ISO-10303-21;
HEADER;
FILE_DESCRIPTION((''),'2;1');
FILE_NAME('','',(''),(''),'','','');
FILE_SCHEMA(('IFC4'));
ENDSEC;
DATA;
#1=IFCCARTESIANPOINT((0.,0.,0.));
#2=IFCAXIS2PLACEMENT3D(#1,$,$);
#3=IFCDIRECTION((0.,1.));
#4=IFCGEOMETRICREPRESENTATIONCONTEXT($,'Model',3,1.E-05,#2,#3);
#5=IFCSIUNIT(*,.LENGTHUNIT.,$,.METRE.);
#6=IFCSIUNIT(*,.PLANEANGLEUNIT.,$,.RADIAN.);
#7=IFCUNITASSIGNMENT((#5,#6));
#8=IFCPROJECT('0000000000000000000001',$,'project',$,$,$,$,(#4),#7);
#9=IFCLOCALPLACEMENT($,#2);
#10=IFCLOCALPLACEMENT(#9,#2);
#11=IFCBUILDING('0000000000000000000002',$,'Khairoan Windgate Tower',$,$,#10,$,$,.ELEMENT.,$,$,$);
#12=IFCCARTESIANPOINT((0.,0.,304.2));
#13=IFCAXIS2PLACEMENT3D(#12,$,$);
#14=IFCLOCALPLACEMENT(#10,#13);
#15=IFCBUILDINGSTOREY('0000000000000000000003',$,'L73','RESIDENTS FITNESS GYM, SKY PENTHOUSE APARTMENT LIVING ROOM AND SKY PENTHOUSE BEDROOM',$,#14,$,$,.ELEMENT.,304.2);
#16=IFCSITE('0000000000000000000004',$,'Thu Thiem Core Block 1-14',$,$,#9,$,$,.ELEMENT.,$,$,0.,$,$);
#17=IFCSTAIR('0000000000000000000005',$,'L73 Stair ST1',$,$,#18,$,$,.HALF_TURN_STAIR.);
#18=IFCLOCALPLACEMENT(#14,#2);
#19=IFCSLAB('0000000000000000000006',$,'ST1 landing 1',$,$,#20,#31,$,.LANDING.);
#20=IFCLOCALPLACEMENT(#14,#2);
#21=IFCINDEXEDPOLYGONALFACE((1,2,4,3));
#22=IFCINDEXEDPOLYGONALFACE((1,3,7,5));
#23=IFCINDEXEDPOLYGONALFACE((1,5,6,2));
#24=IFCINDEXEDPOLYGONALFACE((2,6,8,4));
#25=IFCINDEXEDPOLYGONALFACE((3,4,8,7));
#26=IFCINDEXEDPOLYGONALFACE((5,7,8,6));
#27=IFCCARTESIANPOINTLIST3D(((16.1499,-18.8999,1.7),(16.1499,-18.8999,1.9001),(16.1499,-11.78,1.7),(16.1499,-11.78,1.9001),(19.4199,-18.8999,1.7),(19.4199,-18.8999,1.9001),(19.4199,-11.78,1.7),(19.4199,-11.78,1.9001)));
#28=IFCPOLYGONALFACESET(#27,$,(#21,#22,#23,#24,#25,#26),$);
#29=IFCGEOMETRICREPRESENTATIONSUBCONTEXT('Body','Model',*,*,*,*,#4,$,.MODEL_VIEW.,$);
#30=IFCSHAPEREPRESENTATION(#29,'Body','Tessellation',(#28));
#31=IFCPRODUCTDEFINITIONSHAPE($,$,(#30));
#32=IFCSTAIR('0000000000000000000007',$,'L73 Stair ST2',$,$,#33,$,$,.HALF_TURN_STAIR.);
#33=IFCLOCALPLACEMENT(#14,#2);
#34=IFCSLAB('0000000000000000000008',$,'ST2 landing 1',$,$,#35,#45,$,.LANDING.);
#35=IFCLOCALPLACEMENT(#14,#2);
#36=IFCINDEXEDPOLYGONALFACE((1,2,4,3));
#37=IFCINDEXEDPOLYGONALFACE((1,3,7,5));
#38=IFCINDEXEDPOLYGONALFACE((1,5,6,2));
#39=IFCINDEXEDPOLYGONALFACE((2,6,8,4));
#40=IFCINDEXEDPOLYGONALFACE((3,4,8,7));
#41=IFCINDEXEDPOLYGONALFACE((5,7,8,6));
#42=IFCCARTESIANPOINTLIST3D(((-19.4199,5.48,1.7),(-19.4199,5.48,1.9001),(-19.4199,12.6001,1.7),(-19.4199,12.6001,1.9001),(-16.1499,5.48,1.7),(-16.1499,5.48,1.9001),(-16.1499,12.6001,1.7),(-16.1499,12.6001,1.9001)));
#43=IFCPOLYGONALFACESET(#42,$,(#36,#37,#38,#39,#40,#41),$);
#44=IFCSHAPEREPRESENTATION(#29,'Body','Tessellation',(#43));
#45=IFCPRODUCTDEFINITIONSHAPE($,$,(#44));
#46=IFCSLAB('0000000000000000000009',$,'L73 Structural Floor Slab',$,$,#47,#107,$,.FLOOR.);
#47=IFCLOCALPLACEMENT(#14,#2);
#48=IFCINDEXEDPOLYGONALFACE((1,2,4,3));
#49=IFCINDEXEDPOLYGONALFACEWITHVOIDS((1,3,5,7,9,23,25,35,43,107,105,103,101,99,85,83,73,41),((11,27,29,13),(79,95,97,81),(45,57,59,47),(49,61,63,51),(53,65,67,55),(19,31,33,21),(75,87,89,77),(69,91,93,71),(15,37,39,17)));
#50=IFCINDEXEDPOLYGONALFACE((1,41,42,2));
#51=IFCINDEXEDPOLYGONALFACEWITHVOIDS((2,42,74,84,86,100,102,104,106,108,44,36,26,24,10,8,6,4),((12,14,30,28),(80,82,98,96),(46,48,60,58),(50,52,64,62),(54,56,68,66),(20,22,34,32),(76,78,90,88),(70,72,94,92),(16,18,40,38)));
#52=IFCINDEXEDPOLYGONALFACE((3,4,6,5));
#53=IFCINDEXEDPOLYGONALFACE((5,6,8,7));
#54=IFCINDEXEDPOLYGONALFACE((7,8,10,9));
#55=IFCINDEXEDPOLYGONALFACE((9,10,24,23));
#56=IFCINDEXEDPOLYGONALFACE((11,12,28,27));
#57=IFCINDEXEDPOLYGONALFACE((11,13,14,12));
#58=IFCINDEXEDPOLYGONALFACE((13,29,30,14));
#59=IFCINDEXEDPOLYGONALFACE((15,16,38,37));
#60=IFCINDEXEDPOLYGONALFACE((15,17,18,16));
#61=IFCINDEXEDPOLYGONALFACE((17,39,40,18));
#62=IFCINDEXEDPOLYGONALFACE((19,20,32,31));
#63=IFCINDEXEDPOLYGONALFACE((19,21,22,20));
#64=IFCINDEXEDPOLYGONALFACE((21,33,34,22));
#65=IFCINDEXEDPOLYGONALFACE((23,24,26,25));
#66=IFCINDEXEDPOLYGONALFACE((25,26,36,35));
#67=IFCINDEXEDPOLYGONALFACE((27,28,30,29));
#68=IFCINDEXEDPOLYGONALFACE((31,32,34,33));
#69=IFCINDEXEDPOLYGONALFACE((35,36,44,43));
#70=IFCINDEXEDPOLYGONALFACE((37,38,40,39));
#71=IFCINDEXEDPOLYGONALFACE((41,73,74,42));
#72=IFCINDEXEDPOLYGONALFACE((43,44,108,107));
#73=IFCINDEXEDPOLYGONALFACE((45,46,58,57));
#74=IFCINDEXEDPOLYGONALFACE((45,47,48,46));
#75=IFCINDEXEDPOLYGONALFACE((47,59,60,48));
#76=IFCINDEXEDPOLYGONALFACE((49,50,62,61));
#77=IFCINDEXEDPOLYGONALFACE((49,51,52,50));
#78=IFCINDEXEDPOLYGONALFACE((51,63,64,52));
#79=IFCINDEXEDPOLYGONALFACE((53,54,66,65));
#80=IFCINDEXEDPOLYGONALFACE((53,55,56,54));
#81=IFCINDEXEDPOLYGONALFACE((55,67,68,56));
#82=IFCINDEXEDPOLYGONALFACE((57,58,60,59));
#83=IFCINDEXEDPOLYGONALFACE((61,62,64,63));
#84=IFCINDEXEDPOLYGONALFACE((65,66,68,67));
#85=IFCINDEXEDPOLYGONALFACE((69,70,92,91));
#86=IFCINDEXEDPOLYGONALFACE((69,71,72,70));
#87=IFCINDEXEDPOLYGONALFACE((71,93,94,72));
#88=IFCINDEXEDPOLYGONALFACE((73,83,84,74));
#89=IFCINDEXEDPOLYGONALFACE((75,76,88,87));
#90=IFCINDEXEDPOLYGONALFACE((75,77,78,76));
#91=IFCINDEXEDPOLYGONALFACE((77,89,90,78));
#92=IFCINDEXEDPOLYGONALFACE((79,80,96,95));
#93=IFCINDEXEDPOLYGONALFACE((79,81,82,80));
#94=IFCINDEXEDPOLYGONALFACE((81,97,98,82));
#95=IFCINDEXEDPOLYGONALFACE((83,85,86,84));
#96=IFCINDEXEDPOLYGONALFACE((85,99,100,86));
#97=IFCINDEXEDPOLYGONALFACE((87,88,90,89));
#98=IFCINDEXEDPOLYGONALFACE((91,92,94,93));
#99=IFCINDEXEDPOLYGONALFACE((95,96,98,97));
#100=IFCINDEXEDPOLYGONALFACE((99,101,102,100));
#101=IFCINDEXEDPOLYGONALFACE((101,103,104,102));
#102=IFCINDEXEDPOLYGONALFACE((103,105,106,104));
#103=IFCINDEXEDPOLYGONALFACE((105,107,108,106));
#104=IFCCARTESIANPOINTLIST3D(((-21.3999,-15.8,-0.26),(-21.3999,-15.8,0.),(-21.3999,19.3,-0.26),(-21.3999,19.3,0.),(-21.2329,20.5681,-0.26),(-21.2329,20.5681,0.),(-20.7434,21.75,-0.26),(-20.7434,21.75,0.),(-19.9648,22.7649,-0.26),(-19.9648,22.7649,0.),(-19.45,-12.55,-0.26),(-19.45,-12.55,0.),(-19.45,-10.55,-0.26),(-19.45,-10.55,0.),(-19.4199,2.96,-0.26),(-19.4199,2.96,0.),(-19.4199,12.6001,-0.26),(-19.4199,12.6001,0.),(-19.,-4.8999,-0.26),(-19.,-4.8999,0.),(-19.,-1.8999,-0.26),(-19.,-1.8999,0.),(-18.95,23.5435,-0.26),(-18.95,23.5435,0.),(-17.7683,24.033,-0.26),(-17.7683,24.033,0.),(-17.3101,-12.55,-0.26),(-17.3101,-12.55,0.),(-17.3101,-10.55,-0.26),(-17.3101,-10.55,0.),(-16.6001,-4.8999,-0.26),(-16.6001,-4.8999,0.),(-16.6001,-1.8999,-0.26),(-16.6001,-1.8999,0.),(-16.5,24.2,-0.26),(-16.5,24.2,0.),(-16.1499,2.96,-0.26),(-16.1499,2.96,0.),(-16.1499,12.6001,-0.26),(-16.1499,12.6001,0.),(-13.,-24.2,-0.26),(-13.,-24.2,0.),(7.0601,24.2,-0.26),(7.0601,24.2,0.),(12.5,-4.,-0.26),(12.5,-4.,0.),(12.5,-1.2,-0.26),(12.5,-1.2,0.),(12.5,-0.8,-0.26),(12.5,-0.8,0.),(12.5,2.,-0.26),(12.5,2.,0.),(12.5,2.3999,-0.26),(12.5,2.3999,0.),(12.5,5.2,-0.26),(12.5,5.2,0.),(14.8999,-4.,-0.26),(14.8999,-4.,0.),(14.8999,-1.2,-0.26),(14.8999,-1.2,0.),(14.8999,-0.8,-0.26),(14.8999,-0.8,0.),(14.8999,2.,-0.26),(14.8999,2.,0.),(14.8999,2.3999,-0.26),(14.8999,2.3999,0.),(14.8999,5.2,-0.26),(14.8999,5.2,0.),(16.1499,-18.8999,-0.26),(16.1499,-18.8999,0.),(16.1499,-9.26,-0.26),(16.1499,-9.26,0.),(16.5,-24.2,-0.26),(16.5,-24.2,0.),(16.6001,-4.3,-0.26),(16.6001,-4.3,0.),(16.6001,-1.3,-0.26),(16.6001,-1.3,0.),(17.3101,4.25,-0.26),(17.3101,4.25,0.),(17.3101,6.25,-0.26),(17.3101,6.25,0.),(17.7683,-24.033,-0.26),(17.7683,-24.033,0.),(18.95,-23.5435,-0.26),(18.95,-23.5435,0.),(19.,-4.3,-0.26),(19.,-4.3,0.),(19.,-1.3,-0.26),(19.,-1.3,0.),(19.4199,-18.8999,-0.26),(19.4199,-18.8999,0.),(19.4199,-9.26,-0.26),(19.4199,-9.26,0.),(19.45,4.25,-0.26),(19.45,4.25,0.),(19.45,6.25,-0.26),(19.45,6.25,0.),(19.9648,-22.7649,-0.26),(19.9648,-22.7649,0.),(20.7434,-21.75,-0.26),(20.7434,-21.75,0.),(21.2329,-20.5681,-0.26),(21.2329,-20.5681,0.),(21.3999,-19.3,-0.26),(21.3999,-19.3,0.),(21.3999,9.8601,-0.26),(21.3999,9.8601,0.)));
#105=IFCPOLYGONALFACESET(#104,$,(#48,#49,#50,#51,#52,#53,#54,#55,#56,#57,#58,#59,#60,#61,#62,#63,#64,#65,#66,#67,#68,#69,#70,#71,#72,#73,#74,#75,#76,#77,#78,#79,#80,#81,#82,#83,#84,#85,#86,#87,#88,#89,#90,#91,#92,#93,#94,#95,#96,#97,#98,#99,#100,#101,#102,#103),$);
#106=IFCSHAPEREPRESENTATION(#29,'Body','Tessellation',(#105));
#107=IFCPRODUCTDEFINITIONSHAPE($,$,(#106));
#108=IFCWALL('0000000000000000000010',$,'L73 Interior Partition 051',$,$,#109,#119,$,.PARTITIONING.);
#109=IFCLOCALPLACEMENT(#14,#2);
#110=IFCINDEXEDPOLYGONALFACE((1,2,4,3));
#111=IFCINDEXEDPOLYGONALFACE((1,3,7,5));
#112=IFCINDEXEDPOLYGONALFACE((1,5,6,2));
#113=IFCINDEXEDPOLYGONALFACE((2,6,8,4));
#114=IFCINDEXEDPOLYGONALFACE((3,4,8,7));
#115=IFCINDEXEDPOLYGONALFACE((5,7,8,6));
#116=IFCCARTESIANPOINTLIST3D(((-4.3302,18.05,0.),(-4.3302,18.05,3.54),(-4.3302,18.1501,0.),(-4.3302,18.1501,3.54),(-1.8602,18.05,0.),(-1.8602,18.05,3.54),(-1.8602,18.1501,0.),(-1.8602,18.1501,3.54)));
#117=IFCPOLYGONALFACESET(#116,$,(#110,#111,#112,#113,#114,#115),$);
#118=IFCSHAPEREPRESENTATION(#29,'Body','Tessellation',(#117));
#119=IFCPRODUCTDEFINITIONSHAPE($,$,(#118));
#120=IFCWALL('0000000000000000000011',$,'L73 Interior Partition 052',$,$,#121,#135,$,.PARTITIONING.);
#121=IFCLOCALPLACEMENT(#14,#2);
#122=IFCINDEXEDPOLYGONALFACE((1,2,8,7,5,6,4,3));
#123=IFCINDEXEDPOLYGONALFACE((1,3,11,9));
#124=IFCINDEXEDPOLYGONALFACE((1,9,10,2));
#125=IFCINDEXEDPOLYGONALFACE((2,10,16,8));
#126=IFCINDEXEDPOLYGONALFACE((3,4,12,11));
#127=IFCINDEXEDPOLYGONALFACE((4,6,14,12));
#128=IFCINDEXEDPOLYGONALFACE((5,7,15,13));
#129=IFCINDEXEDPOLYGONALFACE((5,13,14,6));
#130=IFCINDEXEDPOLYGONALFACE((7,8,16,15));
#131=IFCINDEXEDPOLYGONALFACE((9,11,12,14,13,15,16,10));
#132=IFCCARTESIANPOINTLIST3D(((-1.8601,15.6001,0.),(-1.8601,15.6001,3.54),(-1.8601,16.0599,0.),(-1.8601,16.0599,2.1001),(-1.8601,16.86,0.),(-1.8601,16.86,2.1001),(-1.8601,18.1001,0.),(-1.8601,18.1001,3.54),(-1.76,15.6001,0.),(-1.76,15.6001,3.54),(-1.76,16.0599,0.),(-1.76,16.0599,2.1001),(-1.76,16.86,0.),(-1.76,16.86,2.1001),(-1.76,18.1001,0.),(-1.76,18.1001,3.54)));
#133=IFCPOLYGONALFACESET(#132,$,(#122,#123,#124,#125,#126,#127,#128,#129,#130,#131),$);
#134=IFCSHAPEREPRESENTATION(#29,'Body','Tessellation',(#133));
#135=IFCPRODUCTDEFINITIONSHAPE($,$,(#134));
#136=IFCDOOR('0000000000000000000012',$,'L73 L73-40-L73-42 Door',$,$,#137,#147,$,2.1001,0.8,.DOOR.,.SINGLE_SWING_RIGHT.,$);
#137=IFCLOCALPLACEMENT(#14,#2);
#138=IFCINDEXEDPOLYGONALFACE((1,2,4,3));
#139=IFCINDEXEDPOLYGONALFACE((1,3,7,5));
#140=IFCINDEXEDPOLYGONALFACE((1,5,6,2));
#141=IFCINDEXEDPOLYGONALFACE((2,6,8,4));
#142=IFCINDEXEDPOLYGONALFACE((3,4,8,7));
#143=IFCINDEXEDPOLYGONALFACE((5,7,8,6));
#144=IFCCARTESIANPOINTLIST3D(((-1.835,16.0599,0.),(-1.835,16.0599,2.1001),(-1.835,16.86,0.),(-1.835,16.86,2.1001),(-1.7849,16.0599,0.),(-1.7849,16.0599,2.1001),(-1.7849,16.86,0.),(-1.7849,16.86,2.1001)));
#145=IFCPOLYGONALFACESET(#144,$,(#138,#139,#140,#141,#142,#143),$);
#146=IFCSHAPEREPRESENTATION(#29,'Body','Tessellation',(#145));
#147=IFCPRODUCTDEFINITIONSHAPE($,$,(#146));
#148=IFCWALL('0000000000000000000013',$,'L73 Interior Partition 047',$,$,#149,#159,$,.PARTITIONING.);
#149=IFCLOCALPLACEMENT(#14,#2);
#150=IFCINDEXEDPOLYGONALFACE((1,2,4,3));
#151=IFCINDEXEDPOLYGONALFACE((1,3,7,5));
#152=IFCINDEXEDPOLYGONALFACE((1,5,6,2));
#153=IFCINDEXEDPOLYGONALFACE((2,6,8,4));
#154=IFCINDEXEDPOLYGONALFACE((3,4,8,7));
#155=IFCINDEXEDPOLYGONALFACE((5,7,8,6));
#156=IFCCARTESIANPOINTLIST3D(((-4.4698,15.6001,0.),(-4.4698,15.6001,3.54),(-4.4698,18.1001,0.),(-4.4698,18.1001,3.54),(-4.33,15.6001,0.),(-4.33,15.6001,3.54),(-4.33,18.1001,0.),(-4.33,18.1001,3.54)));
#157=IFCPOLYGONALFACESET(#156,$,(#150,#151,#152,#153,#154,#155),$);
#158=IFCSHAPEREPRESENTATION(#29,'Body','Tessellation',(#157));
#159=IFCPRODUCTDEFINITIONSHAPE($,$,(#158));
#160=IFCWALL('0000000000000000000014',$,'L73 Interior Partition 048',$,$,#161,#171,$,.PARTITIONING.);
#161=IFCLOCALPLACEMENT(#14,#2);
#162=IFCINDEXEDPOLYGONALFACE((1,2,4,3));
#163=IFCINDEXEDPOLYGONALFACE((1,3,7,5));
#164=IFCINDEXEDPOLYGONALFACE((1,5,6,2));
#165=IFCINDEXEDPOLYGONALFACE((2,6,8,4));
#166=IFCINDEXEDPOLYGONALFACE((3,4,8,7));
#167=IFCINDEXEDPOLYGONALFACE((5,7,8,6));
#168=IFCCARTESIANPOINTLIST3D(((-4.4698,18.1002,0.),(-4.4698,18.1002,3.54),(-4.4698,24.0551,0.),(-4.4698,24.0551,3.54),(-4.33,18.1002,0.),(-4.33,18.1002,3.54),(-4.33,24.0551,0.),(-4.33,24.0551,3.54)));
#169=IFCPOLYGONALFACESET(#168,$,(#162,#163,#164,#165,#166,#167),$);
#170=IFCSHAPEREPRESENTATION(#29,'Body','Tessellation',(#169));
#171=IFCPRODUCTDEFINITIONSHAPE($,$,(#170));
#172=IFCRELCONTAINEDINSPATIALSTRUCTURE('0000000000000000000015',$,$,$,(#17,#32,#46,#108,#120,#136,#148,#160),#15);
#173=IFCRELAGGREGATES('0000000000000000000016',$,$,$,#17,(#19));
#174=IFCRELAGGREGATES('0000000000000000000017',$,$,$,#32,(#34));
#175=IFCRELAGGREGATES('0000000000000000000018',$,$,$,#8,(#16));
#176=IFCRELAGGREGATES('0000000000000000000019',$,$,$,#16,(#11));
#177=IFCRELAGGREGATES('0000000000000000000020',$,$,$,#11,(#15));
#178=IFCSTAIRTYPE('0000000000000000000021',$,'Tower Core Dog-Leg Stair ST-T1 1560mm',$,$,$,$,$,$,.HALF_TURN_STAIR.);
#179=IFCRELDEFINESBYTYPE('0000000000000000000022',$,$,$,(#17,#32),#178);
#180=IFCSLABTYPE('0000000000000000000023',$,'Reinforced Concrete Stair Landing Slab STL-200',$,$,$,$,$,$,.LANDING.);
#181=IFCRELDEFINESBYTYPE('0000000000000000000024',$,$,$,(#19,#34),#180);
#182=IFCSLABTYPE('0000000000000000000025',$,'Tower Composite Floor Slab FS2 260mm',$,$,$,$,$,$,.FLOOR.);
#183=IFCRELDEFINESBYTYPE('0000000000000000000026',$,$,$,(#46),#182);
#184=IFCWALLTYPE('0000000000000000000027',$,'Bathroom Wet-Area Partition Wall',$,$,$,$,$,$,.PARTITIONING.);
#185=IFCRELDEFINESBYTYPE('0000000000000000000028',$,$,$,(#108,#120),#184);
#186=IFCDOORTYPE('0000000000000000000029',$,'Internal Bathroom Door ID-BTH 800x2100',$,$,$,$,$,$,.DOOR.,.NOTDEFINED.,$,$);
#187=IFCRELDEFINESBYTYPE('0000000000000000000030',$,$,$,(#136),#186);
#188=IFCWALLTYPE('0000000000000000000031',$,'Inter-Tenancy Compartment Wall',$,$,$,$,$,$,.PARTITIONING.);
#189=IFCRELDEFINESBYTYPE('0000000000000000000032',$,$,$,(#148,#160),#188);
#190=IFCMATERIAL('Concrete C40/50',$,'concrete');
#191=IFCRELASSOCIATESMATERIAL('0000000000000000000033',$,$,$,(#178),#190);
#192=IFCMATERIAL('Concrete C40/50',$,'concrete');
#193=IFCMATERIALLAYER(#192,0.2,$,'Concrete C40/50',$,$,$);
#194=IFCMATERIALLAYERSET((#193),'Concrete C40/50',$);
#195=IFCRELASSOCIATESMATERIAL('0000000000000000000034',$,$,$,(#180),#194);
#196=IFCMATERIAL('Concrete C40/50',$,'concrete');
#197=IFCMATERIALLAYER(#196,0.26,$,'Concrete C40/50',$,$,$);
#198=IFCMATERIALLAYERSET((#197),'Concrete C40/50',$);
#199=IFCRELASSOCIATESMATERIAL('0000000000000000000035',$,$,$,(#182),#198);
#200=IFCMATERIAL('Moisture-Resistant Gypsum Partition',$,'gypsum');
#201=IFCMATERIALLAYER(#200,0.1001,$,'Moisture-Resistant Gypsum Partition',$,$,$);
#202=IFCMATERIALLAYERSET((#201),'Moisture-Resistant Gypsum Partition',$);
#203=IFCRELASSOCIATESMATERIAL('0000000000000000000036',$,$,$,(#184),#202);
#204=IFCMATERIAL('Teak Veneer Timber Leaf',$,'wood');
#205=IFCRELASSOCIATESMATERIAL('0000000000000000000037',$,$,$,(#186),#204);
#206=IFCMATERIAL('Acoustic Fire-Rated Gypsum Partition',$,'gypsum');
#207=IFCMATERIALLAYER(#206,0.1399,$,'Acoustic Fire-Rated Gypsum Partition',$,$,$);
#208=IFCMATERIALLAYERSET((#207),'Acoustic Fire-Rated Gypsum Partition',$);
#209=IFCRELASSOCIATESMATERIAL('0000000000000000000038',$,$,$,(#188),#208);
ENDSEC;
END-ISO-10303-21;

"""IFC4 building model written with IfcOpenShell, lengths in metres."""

from ifc_helpers import new_model, si_unit, direction, frame, frame_2d, origin, place, context, subcontext, project, spatial, polyline, rectangle, outline, extrude, material, layer, layer_set, type_object, element, fill, aggregate, save


model = new_model("IFC4")

# Units and contexts
model_context = context("Model", 3, precision=1e-05, world=origin(), true_north=direction((0.0, 1.0)))
body_context = subcontext(model_context, "Body", "Model", "MODEL_VIEW")
ifc_project = project(units=[si_unit("LENGTHUNIT", "METRE"), si_unit("PLANEANGLEUNIT", "RADIAN")], contexts=[model_context])

# Site, building, storey
site_placement = place(None, origin())
site = spatial("IfcSite", under=ifc_project, at=site_placement, Name="Thu Thiem Core Block 1-14", CompositionType="ELEMENT", RefElevation=0.0)
building_placement = place(site_placement, origin())
building = spatial("IfcBuilding", under=site, at=building_placement, Name="Khairoan Windgate Tower", CompositionType="ELEMENT")
storey_placement = place(building_placement, frame((0.0, 0.0, 304.2)))
storey = spatial("IfcBuildingStorey", under=building, at=storey_placement, Name="L73", Description="RESIDENTS FITNESS GYM, SKY PENTHOUSE APARTMENT LIVING ROOM AND SKY PENTHOUSE BEDROOM", CompositionType="ELEMENT", Elevation=304.2)

# Stairs, slabs
ifc_material_1 = material(Name="Concrete C40/50", Category="concrete")
stair_type = type_object("IfcStairType", Name="Tower Core Dog-Leg Stair ST-T1 1560mm", PredefinedType="HALF_TURN_STAIR", material=ifc_material_1)
stair_1_placement = place(storey_placement, origin())
stair_1 = element("IfcStair", 1, at=stair_1_placement, inside=storey, type_object=stair_type, Name="L73 Stair ST1", PredefinedType="HALF_TURN_STAIR")
ifc_material_2 = material(Name="Concrete C40/50", Category="concrete")
ifc_layer_1 = layer(ifc_material_2, 0.2, Name="Concrete C40/50")
ifc_layer_set_1 = layer_set([ifc_layer_1], Name="Concrete C40/50")
slab_type_1 = type_object("IfcSlabType", Name="Reinforced Concrete Stair Landing Slab STL-200", PredefinedType="LANDING", material=ifc_layer_set_1)
slab_1_placement = place(storey_placement, frame((0.0, 0.0, 1.7)))
slab_1 = element("IfcSlab", 2, at=slab_1_placement, type_object=slab_type_1, Name="ST1 landing 1", PredefinedType="LANDING", context=body_context, shape_type="SweptSolid", body=[
    extrude(outline(polyline([(16.1499, -11.78), (16.1499, -18.8999), (19.4199, -18.8999), (19.4199, -11.78), (16.1499, -11.78)])), origin(), (0.0, 0.0, 1.0), 0.2002),
])
aggregate(stair_1, [slab_1])
stair_2_placement = place(storey_placement, origin())
stair_2 = element("IfcStair", 3, at=stair_2_placement, inside=storey, type_object=stair_type, Name="L73 Stair ST2", PredefinedType="HALF_TURN_STAIR")
slab_2_placement = place(storey_placement, frame((0.0, 0.0, 1.7)))
slab_2 = element("IfcSlab", 4, at=slab_2_placement, type_object=slab_type_1, Name="ST2 landing 1", PredefinedType="LANDING", context=body_context, shape_type="SweptSolid", body=[
    extrude(outline(polyline([(-16.1499, 5.48), (-16.1499, 12.6001), (-19.4199, 12.6001), (-19.4199, 5.48), (-16.1499, 5.48)])), origin(), (0.0, 0.0, 1.0), 0.2002),
])
aggregate(stair_2, [slab_2])

# Slab
ifc_material_3 = material(Name="Concrete C40/50", Category="concrete")
ifc_layer_2 = layer(ifc_material_3, 0.26, Name="Concrete C40/50")
ifc_layer_set_2 = layer_set([ifc_layer_2], Name="Concrete C40/50")
slab_type_2 = type_object("IfcSlabType", Name="Tower Composite Floor Slab FS2 260mm", PredefinedType="FLOOR", material=ifc_layer_set_2)
slab_3_placement = place(storey_placement, frame((0.0, 0.0, -0.26)))
element("IfcSlab", 5, at=slab_3_placement, inside=storey, type_object=slab_type_2, Name="L73 Structural Floor Slab", PredefinedType="FLOOR", context=body_context, shape_type="SweptSolid", body=[
    extrude(outline(polyline([(16.5, -24.2), (17.7683, -24.033), (18.95, -23.5435), (19.9648, -22.7649), (20.7434, -21.75), (21.2329, -20.5681), (21.3999, -19.3), (21.3999, 9.8601), (7.0601, 24.2), (-16.5, 24.2), (-17.7683, 24.033), (-18.95, 23.5435), (-19.9648, 22.7649), (-20.7434, 21.75), (-21.2329, 20.5681), (-21.3999, 19.3), (-21.3999, -15.8), (-13.0, -24.2), (16.5, -24.2)]), holes=[polyline([(16.1499, -9.26), (16.1499, -18.8999), (19.4199, -18.8999), (19.4199, -9.26), (16.1499, -9.26)]), polyline([(-16.1499, 2.96), (-16.1499, 12.6001), (-19.4199, 12.6001), (-19.4199, 2.96), (-16.1499, 2.96)]), polyline([(12.5, 2.3999), (14.8999, 2.3999), (14.8999, 5.2), (12.5, 5.2), (12.5, 2.3999)]), polyline([(12.5, -0.8), (14.8999, -0.8), (14.8999, 2.0), (12.5, 2.0), (12.5, -0.8)]), polyline([(12.5, -4.0), (14.8999, -4.0), (14.8999, -1.2), (12.5, -1.2), (12.5, -4.0)]), polyline([(16.6001, -4.3), (19.0, -4.3), (19.0, -1.3), (16.6001, -1.3), (16.6001, -4.3)]), polyline([(-19.0, -4.8999), (-16.6001, -4.8999), (-16.6001, -1.8999), (-19.0, -1.8999), (-19.0, -4.8999)]), polyline([(-19.45, -12.55), (-17.3101, -12.55), (-17.3101, -10.55), (-19.45, -10.55), (-19.45, -12.55)]), polyline([(17.3101, 4.25), (19.45, 4.25), (19.45, 6.25), (17.3101, 6.25), (17.3101, 4.25)])]), origin(), (0.0, 0.0, 1.0), 0.26),
])

# Wall
ifc_material_4 = material(Name="Moisture-Resistant Gypsum Partition", Category="gypsum")
ifc_layer_3 = layer(ifc_material_4, 0.1001, Name="Moisture-Resistant Gypsum Partition")
ifc_layer_set_3 = layer_set([ifc_layer_3], Name="Moisture-Resistant Gypsum Partition")
wall_type_1 = type_object("IfcWallType", Name="Bathroom Wet-Area Partition Wall", PredefinedType="PARTITIONING", material=ifc_layer_set_3)
wall_1_placement = place(storey_placement, frame((-4.3301, 18.1001, 0.0), z_axis=(0.0, 0.0, 1.0), x_axis=(1.0, 0.0, 0.0)))
element("IfcWall", 6, at=wall_1_placement, inside=storey, type_object=wall_type_1, Name="L73 Interior Partition 051", PredefinedType="PARTITIONING", context=body_context, shape_type="SweptSolid", body=[
    extrude(rectangle(XDim=2.47, YDim=0.1001, at=frame_2d((1.2349, 0.0))), origin(), (0.0, 0.0, 1.0), 3.54),
])

# Wall, opening, door
wall_2_placement = place(storey_placement, frame((-1.8101, 15.6001, 0.0), z_axis=(0.0, 0.0, 1.0), x_axis=(0.0, 1.0, 0.0)))
wall_2 = element("IfcWall", 7, at=wall_2_placement, inside=storey, type_object=wall_type_1, Name="L73 Interior Partition 052", PredefinedType="PARTITIONING", context=body_context, shape_type="SweptSolid", body=[
    extrude(rectangle(XDim=2.5, YDim=0.1001, at=frame_2d((1.25, 0.0))), origin(), (0.0, 0.0, 1.0), 3.54),
])
opening_1_placement = place(wall_2_placement, frame((0.46, 0.0, 0.0)))
opening_1 = element("IfcOpeningElement", 8, at=opening_1_placement, cuts=wall_2, PredefinedType="OPENING", context=body_context, shape_type="SweptSolid", body=[
    extrude(rectangle(XDim=0.8, YDim=2.1001, at=frame_2d((0.3999, 1.05))), frame((0.0, 0.0601, 0.0), z_axis=(0.0, -1.0, 0.0), x_axis=(1.0, 0.0, 0.0)), (0.0, 0.0, 1.0), 0.1201),
])
ifc_material_5 = material(Name="Teak Veneer Timber Leaf", Category="wood")
door_type_1 = type_object("IfcDoorType", Name="Internal Bathroom Door ID-BTH 800x2100", OperationType="NOTDEFINED", PredefinedType="DOOR", material=ifc_material_5)
door_1_placement = place(opening_1_placement, origin())
door_1 = element("IfcDoor", 9, at=door_1_placement, inside=storey, type_object=door_type_1, Name="L73 L73-40-L73-42 Door", OperationType="SINGLE_SWING_RIGHT", OverallHeight=2.1001, OverallWidth=0.8, PredefinedType="DOOR", context=body_context, shape_type="SweptSolid", body=[
    extrude(rectangle(XDim=0.8, YDim=2.1001, at=frame_2d((0.3999, 1.05))), frame((0.0, 0.0249, 0.0), z_axis=(0.0, -1.0, 0.0), x_axis=(1.0, 0.0, 0.0)), (0.0, 0.0, 1.0), 0.05),
])
fill(opening_1, door_1)

# Walls
ifc_material_6 = material(Name="Acoustic Fire-Rated Gypsum Partition", Category="gypsum")
ifc_layer_4 = layer(ifc_material_6, 0.1399, Name="Acoustic Fire-Rated Gypsum Partition")
ifc_layer_set_4 = layer_set([ifc_layer_4], Name="Acoustic Fire-Rated Gypsum Partition")
wall_type_2 = type_object("IfcWallType", Name="Inter-Tenancy Compartment Wall", PredefinedType="PARTITIONING", material=ifc_layer_set_4)
wall_3_placement = place(storey_placement, frame((-4.3999, 15.6001, 0.0), z_axis=(0.0, 0.0, 1.0), x_axis=(0.0, 1.0, 0.0)))
element("IfcWall", 10, at=wall_3_placement, inside=storey, type_object=wall_type_2, Name="L73 Interior Partition 047", PredefinedType="PARTITIONING", context=body_context, shape_type="SweptSolid", body=[
    extrude(rectangle(XDim=2.5, YDim=0.1399, at=frame_2d((1.25, 0.0))), origin(), (0.0, 0.0, 1.0), 3.54),
])
wall_4_placement = place(storey_placement, frame((-4.3999, 18.1001, 0.0), z_axis=(0.0, 0.0, 1.0), x_axis=(0.0, 1.0, 0.0)))
element("IfcWall", 11, at=wall_4_placement, inside=storey, type_object=wall_type_2, Name="L73 Interior Partition 048", PredefinedType="PARTITIONING", context=body_context, shape_type="SweptSolid", body=[
    extrude(rectangle(XDim=5.9548, YDim=0.1399, at=frame_2d((2.9775, 0.0))), origin(), (0.0, 0.0, 1.0), 3.54),
])

save(model, "model.ifc")
